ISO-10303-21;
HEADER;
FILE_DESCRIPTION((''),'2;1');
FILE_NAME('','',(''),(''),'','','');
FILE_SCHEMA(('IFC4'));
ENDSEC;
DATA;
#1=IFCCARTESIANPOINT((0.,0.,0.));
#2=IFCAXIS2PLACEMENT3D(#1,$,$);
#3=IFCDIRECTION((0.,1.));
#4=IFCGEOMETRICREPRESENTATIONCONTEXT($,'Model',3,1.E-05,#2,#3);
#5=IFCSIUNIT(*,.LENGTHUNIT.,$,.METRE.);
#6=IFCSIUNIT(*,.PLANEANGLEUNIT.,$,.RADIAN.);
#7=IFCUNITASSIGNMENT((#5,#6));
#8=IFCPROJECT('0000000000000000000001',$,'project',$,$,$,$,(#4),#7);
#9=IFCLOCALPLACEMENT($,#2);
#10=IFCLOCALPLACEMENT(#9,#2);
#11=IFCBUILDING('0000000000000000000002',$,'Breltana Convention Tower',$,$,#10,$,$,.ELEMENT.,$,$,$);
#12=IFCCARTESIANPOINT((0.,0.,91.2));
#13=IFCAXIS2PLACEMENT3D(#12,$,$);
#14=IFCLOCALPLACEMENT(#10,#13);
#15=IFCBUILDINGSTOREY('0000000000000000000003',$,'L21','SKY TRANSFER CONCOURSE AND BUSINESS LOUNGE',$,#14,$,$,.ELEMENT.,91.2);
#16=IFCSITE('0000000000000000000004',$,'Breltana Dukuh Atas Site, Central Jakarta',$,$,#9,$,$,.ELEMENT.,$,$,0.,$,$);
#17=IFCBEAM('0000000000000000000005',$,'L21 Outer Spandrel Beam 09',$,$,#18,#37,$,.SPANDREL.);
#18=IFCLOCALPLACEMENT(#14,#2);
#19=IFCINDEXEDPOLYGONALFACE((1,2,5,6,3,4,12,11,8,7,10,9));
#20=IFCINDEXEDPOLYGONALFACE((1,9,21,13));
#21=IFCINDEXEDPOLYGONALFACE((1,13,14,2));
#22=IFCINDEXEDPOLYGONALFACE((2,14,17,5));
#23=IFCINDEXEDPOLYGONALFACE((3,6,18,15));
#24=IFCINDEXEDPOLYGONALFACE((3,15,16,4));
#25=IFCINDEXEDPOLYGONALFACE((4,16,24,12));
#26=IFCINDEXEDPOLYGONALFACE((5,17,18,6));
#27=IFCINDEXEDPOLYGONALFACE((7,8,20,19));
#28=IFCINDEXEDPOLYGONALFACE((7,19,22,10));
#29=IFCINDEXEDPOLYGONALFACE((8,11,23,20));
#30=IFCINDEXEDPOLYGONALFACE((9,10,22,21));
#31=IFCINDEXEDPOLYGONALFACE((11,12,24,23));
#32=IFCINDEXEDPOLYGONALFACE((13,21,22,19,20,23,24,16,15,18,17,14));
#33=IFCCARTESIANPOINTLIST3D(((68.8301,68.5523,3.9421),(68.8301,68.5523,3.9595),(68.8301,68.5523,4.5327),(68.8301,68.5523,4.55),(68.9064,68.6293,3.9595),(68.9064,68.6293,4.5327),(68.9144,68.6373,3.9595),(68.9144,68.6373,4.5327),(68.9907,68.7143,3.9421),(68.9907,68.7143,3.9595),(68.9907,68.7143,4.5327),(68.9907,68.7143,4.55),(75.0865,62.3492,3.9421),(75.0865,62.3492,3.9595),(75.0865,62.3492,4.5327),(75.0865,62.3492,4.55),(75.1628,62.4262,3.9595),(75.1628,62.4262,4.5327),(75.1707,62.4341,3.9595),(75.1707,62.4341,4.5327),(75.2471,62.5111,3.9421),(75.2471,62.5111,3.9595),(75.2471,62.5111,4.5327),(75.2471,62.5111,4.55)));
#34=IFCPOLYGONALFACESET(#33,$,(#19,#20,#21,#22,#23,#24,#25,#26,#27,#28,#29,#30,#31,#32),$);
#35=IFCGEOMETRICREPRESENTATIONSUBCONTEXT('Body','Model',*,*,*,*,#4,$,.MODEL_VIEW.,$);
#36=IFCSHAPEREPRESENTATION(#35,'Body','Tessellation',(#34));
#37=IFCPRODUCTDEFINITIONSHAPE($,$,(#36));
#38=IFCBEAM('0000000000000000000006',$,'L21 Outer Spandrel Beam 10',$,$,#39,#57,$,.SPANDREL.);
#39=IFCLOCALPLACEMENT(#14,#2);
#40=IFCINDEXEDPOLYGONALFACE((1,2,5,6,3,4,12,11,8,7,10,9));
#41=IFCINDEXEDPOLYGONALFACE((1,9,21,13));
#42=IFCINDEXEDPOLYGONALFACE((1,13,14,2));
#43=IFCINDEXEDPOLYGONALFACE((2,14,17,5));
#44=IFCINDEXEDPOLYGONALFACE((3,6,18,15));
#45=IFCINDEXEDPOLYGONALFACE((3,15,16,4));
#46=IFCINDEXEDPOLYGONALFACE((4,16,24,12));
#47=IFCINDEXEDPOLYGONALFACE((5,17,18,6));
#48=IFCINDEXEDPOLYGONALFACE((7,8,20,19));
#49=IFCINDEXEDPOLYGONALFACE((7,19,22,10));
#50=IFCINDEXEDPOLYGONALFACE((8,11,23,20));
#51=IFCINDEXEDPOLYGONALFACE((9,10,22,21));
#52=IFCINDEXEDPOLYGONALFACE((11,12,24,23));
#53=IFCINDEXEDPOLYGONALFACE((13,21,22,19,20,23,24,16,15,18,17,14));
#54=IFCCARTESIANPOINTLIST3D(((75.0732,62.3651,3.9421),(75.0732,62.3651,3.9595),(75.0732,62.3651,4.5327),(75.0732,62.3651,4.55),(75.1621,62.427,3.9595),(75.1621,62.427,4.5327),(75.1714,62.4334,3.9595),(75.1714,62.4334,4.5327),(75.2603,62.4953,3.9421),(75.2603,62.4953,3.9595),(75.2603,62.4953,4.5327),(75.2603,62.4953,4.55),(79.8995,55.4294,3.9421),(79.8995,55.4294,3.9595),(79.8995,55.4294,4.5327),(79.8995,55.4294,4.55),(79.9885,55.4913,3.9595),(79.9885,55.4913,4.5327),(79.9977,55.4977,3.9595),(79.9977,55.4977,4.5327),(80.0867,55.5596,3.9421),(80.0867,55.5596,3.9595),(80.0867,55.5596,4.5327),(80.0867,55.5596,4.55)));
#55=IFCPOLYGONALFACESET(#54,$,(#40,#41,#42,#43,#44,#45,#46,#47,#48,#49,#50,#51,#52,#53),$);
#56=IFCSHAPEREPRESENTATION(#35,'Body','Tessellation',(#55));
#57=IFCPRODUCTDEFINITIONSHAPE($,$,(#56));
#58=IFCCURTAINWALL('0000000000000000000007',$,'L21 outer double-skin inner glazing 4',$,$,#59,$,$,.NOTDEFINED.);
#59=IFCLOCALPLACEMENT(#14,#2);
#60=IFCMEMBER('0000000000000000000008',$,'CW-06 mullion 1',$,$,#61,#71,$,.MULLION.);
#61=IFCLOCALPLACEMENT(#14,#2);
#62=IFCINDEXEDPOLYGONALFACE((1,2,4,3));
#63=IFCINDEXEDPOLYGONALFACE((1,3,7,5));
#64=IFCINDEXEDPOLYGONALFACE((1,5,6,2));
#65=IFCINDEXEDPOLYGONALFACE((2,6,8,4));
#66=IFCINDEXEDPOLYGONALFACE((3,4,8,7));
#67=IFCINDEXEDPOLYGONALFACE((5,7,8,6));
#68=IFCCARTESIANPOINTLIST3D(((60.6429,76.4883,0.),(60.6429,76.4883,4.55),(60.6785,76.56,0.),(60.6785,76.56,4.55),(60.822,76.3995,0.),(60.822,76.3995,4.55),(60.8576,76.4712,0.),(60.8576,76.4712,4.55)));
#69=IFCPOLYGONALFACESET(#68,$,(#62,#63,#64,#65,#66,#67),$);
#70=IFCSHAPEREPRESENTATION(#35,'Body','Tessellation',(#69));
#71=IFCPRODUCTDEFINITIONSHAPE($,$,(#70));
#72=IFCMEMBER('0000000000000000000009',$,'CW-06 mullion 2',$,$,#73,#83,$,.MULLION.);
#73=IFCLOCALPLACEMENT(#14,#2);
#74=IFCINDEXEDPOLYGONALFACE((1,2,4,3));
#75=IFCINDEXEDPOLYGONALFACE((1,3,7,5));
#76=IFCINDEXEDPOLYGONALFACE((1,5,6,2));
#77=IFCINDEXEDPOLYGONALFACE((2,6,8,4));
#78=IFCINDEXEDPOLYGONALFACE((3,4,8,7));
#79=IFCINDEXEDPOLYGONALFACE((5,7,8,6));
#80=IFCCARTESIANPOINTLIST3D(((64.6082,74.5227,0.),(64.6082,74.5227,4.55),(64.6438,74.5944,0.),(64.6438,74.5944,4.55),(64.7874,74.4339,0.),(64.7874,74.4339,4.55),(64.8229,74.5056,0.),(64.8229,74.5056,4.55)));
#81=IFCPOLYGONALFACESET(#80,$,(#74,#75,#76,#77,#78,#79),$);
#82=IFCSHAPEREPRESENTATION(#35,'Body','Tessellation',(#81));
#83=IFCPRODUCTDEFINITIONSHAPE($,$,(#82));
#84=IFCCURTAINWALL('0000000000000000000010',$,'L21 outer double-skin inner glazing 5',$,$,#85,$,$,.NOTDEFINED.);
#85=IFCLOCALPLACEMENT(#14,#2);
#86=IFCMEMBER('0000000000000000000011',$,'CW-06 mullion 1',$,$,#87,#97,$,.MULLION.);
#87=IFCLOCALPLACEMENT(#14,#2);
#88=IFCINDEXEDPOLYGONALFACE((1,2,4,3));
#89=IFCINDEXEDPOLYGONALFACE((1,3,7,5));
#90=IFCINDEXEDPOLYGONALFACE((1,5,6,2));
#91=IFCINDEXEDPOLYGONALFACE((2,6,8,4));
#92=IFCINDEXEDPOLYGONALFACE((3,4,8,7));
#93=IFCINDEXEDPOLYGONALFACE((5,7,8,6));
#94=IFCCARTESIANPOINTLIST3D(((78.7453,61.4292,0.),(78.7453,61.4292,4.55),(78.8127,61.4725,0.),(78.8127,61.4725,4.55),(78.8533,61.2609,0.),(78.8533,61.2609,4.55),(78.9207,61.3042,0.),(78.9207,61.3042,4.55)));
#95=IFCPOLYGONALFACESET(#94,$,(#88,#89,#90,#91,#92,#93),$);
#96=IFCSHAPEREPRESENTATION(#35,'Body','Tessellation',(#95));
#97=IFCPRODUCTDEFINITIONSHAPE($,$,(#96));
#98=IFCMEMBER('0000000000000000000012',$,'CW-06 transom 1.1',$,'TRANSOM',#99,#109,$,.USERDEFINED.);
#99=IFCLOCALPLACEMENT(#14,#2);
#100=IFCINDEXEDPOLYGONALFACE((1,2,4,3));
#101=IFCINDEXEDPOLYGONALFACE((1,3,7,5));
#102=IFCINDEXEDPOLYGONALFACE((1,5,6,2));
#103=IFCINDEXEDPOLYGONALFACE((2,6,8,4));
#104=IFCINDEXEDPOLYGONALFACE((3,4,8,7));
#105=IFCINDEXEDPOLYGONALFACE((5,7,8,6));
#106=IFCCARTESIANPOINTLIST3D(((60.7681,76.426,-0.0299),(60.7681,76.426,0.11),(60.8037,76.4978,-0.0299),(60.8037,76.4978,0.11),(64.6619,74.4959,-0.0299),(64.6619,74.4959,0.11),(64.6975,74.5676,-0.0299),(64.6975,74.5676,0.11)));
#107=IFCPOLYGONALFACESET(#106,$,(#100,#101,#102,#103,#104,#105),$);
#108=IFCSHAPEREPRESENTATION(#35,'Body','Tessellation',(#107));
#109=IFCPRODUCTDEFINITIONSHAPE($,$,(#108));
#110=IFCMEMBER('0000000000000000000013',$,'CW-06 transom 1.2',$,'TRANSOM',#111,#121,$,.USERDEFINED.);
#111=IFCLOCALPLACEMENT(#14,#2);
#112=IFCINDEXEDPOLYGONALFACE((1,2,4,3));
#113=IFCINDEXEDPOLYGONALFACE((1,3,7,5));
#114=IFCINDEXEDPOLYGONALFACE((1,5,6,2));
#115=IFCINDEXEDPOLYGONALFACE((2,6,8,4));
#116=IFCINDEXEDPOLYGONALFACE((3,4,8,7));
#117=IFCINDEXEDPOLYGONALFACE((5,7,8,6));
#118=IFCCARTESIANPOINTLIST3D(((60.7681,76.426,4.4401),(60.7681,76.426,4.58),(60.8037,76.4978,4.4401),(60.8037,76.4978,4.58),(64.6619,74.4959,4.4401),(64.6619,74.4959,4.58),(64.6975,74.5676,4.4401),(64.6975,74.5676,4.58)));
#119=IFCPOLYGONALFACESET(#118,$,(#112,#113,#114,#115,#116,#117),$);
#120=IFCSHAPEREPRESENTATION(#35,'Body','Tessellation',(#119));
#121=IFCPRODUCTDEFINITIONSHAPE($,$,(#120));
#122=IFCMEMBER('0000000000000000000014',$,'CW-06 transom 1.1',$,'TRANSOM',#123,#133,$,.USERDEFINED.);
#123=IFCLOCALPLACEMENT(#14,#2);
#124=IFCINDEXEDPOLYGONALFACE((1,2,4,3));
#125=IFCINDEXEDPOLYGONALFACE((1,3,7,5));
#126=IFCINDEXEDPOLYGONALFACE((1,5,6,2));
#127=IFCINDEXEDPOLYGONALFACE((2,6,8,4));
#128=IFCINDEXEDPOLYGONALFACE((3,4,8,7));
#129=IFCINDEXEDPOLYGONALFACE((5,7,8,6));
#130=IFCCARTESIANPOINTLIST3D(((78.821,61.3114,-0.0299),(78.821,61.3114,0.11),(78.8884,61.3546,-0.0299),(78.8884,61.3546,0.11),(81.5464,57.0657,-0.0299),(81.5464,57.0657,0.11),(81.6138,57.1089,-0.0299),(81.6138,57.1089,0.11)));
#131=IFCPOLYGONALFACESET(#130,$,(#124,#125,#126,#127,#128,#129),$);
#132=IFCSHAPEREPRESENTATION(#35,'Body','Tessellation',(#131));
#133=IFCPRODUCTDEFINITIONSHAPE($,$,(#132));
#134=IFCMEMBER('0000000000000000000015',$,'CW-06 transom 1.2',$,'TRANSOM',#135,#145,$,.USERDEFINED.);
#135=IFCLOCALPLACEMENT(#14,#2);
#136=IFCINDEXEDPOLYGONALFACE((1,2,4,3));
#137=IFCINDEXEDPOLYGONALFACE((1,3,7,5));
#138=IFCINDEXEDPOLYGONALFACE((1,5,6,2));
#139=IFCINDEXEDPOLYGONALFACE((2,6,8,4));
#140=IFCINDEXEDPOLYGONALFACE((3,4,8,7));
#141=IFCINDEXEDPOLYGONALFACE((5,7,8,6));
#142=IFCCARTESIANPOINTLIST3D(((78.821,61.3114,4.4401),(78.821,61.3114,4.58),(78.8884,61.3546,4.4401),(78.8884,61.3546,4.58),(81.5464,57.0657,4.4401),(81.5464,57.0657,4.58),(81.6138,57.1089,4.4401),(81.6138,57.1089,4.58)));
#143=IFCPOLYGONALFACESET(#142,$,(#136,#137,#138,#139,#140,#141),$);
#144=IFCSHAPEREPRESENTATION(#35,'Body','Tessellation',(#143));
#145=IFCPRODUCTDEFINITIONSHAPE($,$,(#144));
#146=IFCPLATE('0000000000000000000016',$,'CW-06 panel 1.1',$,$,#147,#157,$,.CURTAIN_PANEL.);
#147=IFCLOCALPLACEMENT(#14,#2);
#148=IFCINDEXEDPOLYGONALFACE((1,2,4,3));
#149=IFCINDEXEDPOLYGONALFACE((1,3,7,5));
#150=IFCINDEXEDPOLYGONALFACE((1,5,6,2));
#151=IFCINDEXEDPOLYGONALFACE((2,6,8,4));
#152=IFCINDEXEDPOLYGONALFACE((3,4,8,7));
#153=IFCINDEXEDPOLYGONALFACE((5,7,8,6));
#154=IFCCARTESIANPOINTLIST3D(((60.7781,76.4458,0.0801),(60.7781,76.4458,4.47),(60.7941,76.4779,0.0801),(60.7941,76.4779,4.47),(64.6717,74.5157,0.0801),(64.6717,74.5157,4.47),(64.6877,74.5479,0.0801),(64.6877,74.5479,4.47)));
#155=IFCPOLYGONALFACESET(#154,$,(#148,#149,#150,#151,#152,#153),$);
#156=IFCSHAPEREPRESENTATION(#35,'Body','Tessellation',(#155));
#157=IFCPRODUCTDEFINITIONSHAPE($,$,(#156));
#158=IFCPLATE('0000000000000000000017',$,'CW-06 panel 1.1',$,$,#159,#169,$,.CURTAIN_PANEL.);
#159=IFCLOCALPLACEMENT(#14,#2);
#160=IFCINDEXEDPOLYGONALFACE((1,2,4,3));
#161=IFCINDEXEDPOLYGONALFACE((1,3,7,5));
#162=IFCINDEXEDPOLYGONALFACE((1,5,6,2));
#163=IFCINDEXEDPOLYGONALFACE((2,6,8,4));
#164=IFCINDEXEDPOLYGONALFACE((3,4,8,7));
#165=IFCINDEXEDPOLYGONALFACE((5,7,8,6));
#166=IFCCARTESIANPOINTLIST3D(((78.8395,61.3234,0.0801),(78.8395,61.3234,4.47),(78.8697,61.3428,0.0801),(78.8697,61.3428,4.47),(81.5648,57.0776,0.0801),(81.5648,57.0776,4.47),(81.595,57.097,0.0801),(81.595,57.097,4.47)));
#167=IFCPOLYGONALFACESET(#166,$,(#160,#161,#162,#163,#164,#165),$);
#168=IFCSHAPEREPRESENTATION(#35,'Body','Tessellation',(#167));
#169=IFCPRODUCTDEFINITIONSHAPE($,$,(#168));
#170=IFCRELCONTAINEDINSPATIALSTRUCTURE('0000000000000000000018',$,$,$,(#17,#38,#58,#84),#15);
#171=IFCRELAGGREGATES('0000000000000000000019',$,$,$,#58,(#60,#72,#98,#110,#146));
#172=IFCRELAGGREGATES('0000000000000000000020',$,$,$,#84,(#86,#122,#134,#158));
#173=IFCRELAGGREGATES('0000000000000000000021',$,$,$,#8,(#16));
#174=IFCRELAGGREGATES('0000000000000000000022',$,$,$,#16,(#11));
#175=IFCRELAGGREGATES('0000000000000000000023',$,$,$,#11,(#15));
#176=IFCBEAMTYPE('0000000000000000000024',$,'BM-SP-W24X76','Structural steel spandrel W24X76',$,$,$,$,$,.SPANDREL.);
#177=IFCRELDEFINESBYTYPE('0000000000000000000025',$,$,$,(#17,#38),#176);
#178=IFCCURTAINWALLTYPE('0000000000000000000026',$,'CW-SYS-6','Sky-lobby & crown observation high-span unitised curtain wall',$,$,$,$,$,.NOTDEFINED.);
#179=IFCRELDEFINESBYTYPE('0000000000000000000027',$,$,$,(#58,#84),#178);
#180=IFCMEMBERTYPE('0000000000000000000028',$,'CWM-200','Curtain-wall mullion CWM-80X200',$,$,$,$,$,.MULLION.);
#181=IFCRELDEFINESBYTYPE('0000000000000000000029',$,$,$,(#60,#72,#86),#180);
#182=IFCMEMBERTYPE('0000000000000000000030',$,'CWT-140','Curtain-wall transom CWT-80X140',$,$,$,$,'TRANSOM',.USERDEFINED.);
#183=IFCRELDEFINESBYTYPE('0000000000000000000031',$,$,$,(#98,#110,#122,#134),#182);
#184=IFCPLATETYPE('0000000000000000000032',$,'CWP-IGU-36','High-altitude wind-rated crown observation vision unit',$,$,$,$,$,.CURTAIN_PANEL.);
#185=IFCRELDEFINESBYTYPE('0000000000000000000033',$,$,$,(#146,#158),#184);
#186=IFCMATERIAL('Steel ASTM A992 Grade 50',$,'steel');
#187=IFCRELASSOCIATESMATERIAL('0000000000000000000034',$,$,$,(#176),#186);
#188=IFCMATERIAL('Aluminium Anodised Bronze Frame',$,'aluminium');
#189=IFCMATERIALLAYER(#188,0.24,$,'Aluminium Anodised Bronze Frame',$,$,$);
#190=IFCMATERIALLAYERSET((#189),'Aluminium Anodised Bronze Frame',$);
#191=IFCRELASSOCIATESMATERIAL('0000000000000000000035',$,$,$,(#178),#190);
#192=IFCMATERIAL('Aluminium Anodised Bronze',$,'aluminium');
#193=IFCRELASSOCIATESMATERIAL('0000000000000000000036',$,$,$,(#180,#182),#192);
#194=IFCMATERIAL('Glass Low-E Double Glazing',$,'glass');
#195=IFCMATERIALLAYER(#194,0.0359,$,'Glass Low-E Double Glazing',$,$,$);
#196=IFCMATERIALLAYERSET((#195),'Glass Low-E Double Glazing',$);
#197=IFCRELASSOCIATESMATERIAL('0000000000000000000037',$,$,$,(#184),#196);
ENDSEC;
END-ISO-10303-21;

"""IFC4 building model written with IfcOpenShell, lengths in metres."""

from ifc_helpers import new_model, si_unit, direction, frame, origin, origin_2d, place, context, subcontext, project, spatial, rectangle, i_section, extrude, source, transform, mapped, material, layer, layer_set, material_profile, profile_set, type_object, element, aggregate, save


model = new_model("IFC4")

# Units and contexts
model_context = context("Model", 3, precision=1e-05, world=origin(), true_north=direction((0.0, 1.0)))
body_context = subcontext(model_context, "Body", "Model", "MODEL_VIEW")
ifc_project = project(units=[si_unit("LENGTHUNIT", "METRE"), si_unit("PLANEANGLEUNIT", "RADIAN")], contexts=[model_context])

# Site, building, storey
site_placement = place(None, origin())
site = spatial("IfcSite", under=ifc_project, at=site_placement, Name="Breltana Dukuh Atas Site, Central Jakarta", CompositionType="ELEMENT", RefElevation=0.0)
building_placement = place(site_placement, origin())
building = spatial("IfcBuilding", under=site, at=building_placement, Name="Breltana Convention Tower", CompositionType="ELEMENT")
storey_placement = place(building_placement, frame((0.0, 0.0, 91.2)))
storey = spatial("IfcBuildingStorey", under=building, at=storey_placement, Name="L21", Description="SKY TRANSFER CONCOURSE AND BUSINESS LOUNGE", CompositionType="ELEMENT", Elevation=91.2)

# Beams
ifc_material_1 = material(Name="Steel ASTM A992 Grade 50", Category="steel")
ifc_material_profile_1 = material_profile(ifc_material_1, i_section(OverallWidth=0.228, OverallDepth=0.6079, WebThickness=0.0112, FlangeThickness=0.0173, at=origin_2d()), Name="W24X76")
ifc_profile_set_1 = profile_set([ifc_material_profile_1], Name="Steel ASTM A992 Grade 50")
beam_type_1 = type_object("IfcBeamType", Name="BM-SP-W24X76", Description="Structural steel spandrel W24X76", PredefinedType="SPANDREL", material=ifc_profile_set_1)
shared_shape_1 = source(origin(), body_context, "Body", "SweptSolid", [
    extrude(i_section(OverallWidth=0.228, OverallDepth=0.6079, WebThickness=0.0112, FlangeThickness=0.0173, at=origin_2d()), origin(), (0.0, 0.0, 1.0), 8.8103),
])
beam_1_placement = place(storey_placement, frame((68.9104, 68.6333, 4.2461), z_axis=(0.710121, -0.70408, 0.0), x_axis=(0.70408, 0.710121, 0.0)))
element("IfcBeam", 1, at=beam_1_placement, inside=storey, type_object=beam_type_1, Name="L21 Outer Spandrel Beam 09", PredefinedType="SPANDREL", context=body_context, shape_type="MappedRepresentation", body=[
    mapped(shared_shape_1, transform((0.0, 0.0, 0.0), scale=1.0)),
])
shared_shape_2 = source(origin(), body_context, "Body", "SweptSolid", [
    extrude(i_section(OverallWidth=0.228, OverallDepth=0.6079, WebThickness=0.0112, FlangeThickness=0.0173, at=origin_2d()), origin(), (0.0, 0.0, 1.0), 8.4497),
])
beam_2_placement = place(storey_placement, frame((75.1667, 62.4302, 4.2461), z_axis=(0.571186, -0.820821, 0.0), x_axis=(0.820821, 0.571186, 0.0)))
element("IfcBeam", 2, at=beam_2_placement, inside=storey, type_object=beam_type_1, Name="L21 Outer Spandrel Beam 10", PredefinedType="SPANDREL", context=body_context, shape_type="MappedRepresentation", body=[
    mapped(shared_shape_2, transform((0.0, 0.0, 0.0), scale=1.0)),
])

# Curtain wall, members
ifc_material_2 = material(Name="Aluminium Anodised Bronze Frame", Category="aluminium")
ifc_layer_1 = layer(ifc_material_2, 0.24, Name="Aluminium Anodised Bronze Frame")
ifc_layer_set_1 = layer_set([ifc_layer_1], Name="Aluminium Anodised Bronze Frame")
curtain_wall_type = type_object("IfcCurtainWallType", Name="CW-SYS-6", Description="Sky-lobby & crown observation high-span unitised curtain wall", PredefinedType="NOTDEFINED", material=ifc_layer_set_1)
curtain_wall_1_placement = place(storey_placement, origin())
curtain_wall_1 = element("IfcCurtainWall", 3, at=curtain_wall_1_placement, inside=storey, type_object=curtain_wall_type, Name="L21 outer double-skin inner glazing 4", PredefinedType="NOTDEFINED")
ifc_material_3 = material(Name="Aluminium Anodised Bronze", Category="aluminium")
ifc_material_profile_2 = material_profile(ifc_material_3, rectangle(XDim=0.0801, YDim=0.2, at=origin_2d()), Name="CWM-80X200")
ifc_profile_set_2 = profile_set([ifc_material_profile_2], Name="Aluminium Anodised Bronze")
member_type_1 = type_object("IfcMemberType", Name="CWM-200", Description="Curtain-wall mullion CWM-80X200", PredefinedType="MULLION", material=ifc_profile_set_2)
shared_shape_3 = source(origin(), body_context, "Body", "SweptSolid", [
    extrude(rectangle(XDim=0.0801, YDim=0.2, at=origin_2d()), origin(), (0.0, 0.0, 1.0), 4.55),
])
member_1_placement = place(storey_placement, frame((60.7502, 76.4797, 0.0), z_axis=(0.0, 0.0, 1.0), x_axis=(0.444122, 0.895967, 0.0)))
member_1 = element("IfcMember", 4, at=member_1_placement, type_object=member_type_1, Name="CW-06 mullion 1", PredefinedType="MULLION", context=body_context, shape_type="MappedRepresentation", body=[
    mapped(shared_shape_3, transform((0.0, 0.0, 0.0), scale=1.0)),
])
member_2_placement = place(storey_placement, frame((64.7156, 74.5142, 0.0), z_axis=(0.0, 0.0, 1.0), x_axis=(0.444122, 0.895967, 0.0)))
member_2 = element("IfcMember", 5, at=member_2_placement, type_object=member_type_1, Name="CW-06 mullion 2", PredefinedType="MULLION", context=body_context, shape_type="MappedRepresentation", body=[
    mapped(shared_shape_3, transform((0.0, 0.0, 0.0), scale=1.0)),
])

# Curtain wall, member
curtain_wall_2_placement = place(storey_placement, origin())
curtain_wall_2 = element("IfcCurtainWall", 6, at=curtain_wall_2_placement, inside=storey, type_object=curtain_wall_type, Name="L21 outer double-skin inner glazing 5", PredefinedType="NOTDEFINED")
member_3_placement = place(storey_placement, frame((78.833, 61.3667, 0.0), z_axis=(0.0, 0.0, 1.0), x_axis=(0.841552, 0.540177, 0.0)))
member_3 = element("IfcMember", 7, at=member_3_placement, type_object=member_type_1, Name="CW-06 mullion 1", PredefinedType="MULLION", context=body_context, shape_type="MappedRepresentation", body=[
    mapped(shared_shape_3, transform((0.0, 0.0, 0.0), scale=1.0)),
])

# Members
ifc_material_profile_3 = material_profile(ifc_material_3, rectangle(XDim=0.0801, YDim=0.1399, at=origin_2d()), Name="CWT-80X140")
ifc_profile_set_3 = profile_set([ifc_material_profile_3], Name="Aluminium Anodised Bronze")
member_type_2 = type_object("IfcMemberType", Name="CWT-140", Description="Curtain-wall transom CWT-80X140", ElementType="TRANSOM", PredefinedType="USERDEFINED", material=ifc_profile_set_3)
shared_shape_4 = source(origin(), body_context, "Body", "SweptSolid", [
    extrude(rectangle(XDim=0.0801, YDim=0.1399, at=origin_2d()), origin(), (0.0, 0.0, 1.0), 4.3459),
])
member_4_placement = place(storey_placement, frame((60.7859, 76.4619, 0.04), z_axis=(0.895961, -0.444132, 0.0), x_axis=(0.444132, 0.895961, 0.0)))
member_4 = element("IfcMember", 8, at=member_4_placement, type_object=member_type_2, Name="CW-06 transom 1.1", ObjectType="TRANSOM", PredefinedType="USERDEFINED", context=body_context, shape_type="MappedRepresentation", body=[
    mapped(shared_shape_4, transform((0.0, 0.0, 0.0), scale=1.0)),
])
member_5_placement = place(storey_placement, frame((60.7859, 76.4619, 4.51), z_axis=(0.895961, -0.444132, 0.0), x_axis=(0.444132, 0.895961, 0.0)))
member_5 = element("IfcMember", 9, at=member_5_placement, type_object=member_type_2, Name="CW-06 transom 1.2", ObjectType="TRANSOM", PredefinedType="USERDEFINED", context=body_context, shape_type="MappedRepresentation", body=[
    mapped(shared_shape_4, transform((0.0, 0.0, 0.0), scale=1.0)),
])
shared_shape_5 = source(origin(), body_context, "Body", "SweptSolid", [
    extrude(rectangle(XDim=0.0801, YDim=0.1399, at=origin_2d()), origin(), (0.0, 0.0, 1.0), 5.0452),
])
member_6_placement = place(storey_placement, frame((78.8547, 61.333, 0.04), z_axis=(0.5402, -0.841537, 0.0), x_axis=(0.841537, 0.5402, 0.0)))
member_6 = element("IfcMember", 10, at=member_6_placement, type_object=member_type_2, Name="CW-06 transom 1.1", ObjectType="TRANSOM", PredefinedType="USERDEFINED", context=body_context, shape_type="MappedRepresentation", body=[
    mapped(shared_shape_5, transform((0.0, 0.0, 0.0), scale=1.0)),
])
member_7_placement = place(storey_placement, frame((78.8547, 61.333, 4.51), z_axis=(0.5402, -0.841537, 0.0), x_axis=(0.841537, 0.5402, 0.0)))
member_7 = element("IfcMember", 11, at=member_7_placement, type_object=member_type_2, Name="CW-06 transom 1.2", ObjectType="TRANSOM", PredefinedType="USERDEFINED", context=body_context, shape_type="MappedRepresentation", body=[
    mapped(shared_shape_5, transform((0.0, 0.0, 0.0), scale=1.0)),
])

# Plates
ifc_material_4 = material(Name="Glass Low-E Double Glazing", Category="glass")
ifc_layer_2 = layer(ifc_material_4, 0.0359, Name="Glass Low-E Double Glazing")
ifc_layer_set_2 = layer_set([ifc_layer_2], Name="Glass Low-E Double Glazing")
plate_type = type_object("IfcPlateType", Name="CWP-IGU-36", Description="High-altitude wind-rated crown observation vision unit", PredefinedType="CURTAIN_PANEL", material=ifc_layer_set_2)
shared_shape_6 = source(origin(), body_context, "Body", "SweptSolid", [
    extrude(rectangle(XDim=4.3457, YDim=0.0359, at=origin_2d()), origin(), (0.0, 0.0, 1.0), 4.3899),
])
plate_1_placement = place(storey_placement, frame((62.7329, 75.4968, 0.0801), z_axis=(0.0, 0.0, 1.0), x_axis=(0.895967, -0.444122, 0.0)))
plate_1 = element("IfcPlate", 12, at=plate_1_placement, type_object=plate_type, Name="CW-06 panel 1.1", PredefinedType="CURTAIN_PANEL", context=body_context, shape_type="MappedRepresentation", body=[
    mapped(shared_shape_6, transform((0.0, 0.0, 0.0), scale=1.0)),
])
aggregate(curtain_wall_1, [member_1, member_2, member_4, member_5, plate_1])
shared_shape_7 = source(origin(), body_context, "Body", "SweptSolid", [
    extrude(rectangle(XDim=5.0452, YDim=0.0359, at=origin_2d()), origin(), (0.0, 0.0, 1.0), 4.3899),
])
plate_2_placement = place(storey_placement, frame((80.2173, 59.2102, 0.0801), z_axis=(0.0, 0.0, 1.0), x_axis=(0.540177, -0.841552, 0.0)))
plate_2 = element("IfcPlate", 13, at=plate_2_placement, type_object=plate_type, Name="CW-06 panel 1.1", PredefinedType="CURTAIN_PANEL", context=body_context, shape_type="MappedRepresentation", body=[
    mapped(shared_shape_7, transform((0.0, 0.0, 0.0), scale=1.0)),
])
aggregate(curtain_wall_2, [member_3, member_6, member_7, plate_2])

save(model, "model.ifc")
